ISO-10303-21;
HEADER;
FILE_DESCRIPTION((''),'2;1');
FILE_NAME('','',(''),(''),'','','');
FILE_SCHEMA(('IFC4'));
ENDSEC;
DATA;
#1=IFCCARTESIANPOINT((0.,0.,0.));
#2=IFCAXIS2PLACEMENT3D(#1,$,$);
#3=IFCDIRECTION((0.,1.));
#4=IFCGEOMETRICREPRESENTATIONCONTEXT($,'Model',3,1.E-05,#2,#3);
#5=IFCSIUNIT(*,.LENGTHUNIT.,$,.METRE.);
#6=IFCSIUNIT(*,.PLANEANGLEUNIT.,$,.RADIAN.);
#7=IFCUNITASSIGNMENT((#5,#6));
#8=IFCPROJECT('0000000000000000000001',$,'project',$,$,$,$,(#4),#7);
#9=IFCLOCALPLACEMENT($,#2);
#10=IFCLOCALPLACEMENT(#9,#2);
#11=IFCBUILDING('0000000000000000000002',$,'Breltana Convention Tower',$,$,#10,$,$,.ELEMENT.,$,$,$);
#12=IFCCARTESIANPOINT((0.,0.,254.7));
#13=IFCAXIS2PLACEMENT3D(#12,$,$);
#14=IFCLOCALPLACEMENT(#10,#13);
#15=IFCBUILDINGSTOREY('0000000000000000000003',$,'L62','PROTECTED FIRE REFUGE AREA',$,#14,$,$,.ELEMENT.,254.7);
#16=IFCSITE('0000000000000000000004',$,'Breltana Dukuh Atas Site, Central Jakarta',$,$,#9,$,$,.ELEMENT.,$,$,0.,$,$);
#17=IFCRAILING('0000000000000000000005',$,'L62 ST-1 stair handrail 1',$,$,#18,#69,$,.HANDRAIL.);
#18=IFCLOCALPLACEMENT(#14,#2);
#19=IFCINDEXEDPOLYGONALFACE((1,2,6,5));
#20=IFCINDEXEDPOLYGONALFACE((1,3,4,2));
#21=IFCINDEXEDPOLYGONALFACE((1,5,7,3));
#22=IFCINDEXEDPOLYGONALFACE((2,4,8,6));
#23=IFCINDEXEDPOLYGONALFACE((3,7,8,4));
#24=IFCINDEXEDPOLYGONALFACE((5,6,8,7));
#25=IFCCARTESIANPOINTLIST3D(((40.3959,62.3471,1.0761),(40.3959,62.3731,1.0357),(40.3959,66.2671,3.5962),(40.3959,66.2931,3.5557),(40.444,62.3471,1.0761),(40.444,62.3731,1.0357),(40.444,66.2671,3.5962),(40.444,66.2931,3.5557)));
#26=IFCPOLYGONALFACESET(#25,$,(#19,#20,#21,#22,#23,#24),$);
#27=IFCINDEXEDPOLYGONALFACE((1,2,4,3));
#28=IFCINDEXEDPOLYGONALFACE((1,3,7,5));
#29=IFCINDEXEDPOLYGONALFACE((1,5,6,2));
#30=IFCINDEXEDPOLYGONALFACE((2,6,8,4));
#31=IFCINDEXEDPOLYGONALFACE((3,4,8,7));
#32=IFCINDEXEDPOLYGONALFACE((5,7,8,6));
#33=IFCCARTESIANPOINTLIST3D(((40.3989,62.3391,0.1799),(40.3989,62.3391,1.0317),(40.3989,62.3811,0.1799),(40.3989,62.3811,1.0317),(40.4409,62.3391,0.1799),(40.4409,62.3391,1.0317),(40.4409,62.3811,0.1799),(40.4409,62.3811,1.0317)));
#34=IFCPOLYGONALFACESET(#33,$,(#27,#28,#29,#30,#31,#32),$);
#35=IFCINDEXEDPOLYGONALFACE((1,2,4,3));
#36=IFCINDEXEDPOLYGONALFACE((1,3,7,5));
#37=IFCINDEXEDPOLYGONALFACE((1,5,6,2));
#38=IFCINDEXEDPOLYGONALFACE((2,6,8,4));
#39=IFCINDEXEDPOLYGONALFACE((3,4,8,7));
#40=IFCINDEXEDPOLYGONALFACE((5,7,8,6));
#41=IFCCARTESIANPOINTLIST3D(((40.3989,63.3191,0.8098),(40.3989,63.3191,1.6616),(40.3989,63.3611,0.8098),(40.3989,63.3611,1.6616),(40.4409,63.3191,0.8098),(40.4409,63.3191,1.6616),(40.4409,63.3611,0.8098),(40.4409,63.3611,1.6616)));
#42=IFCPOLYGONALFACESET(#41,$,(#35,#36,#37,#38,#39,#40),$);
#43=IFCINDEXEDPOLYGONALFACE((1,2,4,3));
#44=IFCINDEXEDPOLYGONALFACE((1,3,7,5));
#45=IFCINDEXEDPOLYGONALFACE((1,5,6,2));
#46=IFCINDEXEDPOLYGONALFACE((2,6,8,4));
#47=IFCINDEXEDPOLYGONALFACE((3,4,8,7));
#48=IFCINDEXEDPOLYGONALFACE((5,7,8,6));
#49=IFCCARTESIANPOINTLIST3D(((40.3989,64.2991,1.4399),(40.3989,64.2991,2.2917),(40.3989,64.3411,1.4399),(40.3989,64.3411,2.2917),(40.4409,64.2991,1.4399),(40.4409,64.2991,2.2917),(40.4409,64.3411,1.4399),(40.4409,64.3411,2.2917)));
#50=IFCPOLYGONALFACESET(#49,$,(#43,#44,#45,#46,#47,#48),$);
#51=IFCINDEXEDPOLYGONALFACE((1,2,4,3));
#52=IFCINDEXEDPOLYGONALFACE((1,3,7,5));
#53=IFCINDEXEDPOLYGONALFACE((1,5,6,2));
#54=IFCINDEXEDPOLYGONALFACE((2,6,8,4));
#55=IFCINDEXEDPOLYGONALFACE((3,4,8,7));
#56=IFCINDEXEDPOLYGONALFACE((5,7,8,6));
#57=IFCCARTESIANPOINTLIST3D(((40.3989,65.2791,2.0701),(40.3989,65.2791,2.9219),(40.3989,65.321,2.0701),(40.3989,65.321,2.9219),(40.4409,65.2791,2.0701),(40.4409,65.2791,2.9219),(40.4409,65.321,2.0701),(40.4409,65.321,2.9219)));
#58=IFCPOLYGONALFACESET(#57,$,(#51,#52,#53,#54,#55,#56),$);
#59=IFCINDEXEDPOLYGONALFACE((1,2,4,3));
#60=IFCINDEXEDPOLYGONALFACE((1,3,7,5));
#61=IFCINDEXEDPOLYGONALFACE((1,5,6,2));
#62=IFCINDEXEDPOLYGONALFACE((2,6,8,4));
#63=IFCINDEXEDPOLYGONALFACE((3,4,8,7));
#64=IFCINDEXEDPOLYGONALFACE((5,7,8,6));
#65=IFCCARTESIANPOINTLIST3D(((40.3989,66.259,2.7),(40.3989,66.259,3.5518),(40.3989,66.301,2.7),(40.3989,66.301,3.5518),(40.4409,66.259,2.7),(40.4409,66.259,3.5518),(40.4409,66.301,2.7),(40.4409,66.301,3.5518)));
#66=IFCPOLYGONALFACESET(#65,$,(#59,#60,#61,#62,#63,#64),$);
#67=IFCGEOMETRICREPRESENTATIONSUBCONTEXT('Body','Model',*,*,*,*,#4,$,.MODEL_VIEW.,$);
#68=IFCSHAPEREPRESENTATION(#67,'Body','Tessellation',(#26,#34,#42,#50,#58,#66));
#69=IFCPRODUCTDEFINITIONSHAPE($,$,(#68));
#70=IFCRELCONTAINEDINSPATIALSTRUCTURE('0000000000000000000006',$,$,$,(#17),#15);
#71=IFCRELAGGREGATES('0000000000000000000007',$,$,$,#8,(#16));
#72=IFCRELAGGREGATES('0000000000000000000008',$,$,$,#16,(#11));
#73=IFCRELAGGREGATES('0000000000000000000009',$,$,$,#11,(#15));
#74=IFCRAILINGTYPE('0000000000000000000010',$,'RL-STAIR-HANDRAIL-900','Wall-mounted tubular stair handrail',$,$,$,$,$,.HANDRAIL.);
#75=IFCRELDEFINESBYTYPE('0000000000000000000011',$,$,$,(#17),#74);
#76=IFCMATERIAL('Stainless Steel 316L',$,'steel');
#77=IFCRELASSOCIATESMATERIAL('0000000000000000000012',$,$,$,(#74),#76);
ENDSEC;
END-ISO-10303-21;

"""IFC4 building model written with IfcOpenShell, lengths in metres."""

from ifc_helpers import new_model, si_unit, direction, frame, origin, origin_2d, place, context, subcontext, project, spatial, rectangle, extrude, material, type_object, element, save


model = new_model("IFC4")

# Units and contexts
model_context = context("Model", 3, precision=1e-05, world=origin(), true_north=direction((0.0, 1.0)))
body_context = subcontext(model_context, "Body", "Model", "MODEL_VIEW")
ifc_project = project(units=[si_unit("LENGTHUNIT", "METRE"), si_unit("PLANEANGLEUNIT", "RADIAN")], contexts=[model_context])

# Site, building, storey
site_placement = place(None, origin())
site = spatial("IfcSite", under=ifc_project, at=site_placement, Name="Breltana Dukuh Atas Site, Central Jakarta", CompositionType="ELEMENT", RefElevation=0.0)
building_placement = place(site_placement, origin())
building = spatial("IfcBuilding", under=site, at=building_placement, Name="Breltana Convention Tower", CompositionType="ELEMENT")
storey_placement = place(building_placement, frame((0.0, 0.0, 254.7)))
storey = spatial("IfcBuildingStorey", under=building, at=storey_placement, Name="L62", Description="PROTECTED FIRE REFUGE AREA", CompositionType="ELEMENT", Elevation=254.7)

# Railing
ifc_material_1 = material(Name="Stainless Steel 316L", Category="steel")
railing_type_1 = type_object("IfcRailingType", Name="RL-STAIR-HANDRAIL-900", Description="Wall-mounted tubular stair handrail", PredefinedType="HANDRAIL", material=ifc_material_1)
railing_1_placement = place(storey_placement, frame((40.4199, 62.3601, 0.1799)))
element("IfcRailing", 1, at=railing_1_placement, inside=storey, type_object=railing_type_1, Name="L62 ST-1 stair handrail 1", PredefinedType="HANDRAIL", context=body_context, shape_type="SweptSolid", body=[
    extrude(rectangle(XDim=0.0481, YDim=0.0481, at=origin_2d()), frame((0.0, 0.0, 0.876), z_axis=(0.0, 0.841172, 0.540768), x_axis=(-1.0, 0.0, 0.0)), (0.0, 0.0, 1.0), 4.6602),
    extrude(rectangle(XDim=0.042, YDim=0.042, at=origin_2d()), origin(), (0.0, 0.0, 1.0), 0.8518),
    extrude(rectangle(XDim=0.042, YDim=0.042, at=origin_2d()), frame((0.0, 0.98, 0.6299)), (0.0, 0.0, 1.0), 0.8518),
    extrude(rectangle(XDim=0.042, YDim=0.042, at=origin_2d()), frame((0.0, 1.96, 1.26)), (0.0, 0.0, 1.0), 0.8518),
    extrude(rectangle(XDim=0.042, YDim=0.042, at=origin_2d()), frame((0.0, 2.9399, 1.8901)), (0.0, 0.0, 1.0), 0.8518),
    extrude(rectangle(XDim=0.042, YDim=0.042, at=origin_2d()), frame((0.0, 3.9199, 2.52)), (0.0, 0.0, 1.0), 0.8518),
])

save(model, "model.ifc")
